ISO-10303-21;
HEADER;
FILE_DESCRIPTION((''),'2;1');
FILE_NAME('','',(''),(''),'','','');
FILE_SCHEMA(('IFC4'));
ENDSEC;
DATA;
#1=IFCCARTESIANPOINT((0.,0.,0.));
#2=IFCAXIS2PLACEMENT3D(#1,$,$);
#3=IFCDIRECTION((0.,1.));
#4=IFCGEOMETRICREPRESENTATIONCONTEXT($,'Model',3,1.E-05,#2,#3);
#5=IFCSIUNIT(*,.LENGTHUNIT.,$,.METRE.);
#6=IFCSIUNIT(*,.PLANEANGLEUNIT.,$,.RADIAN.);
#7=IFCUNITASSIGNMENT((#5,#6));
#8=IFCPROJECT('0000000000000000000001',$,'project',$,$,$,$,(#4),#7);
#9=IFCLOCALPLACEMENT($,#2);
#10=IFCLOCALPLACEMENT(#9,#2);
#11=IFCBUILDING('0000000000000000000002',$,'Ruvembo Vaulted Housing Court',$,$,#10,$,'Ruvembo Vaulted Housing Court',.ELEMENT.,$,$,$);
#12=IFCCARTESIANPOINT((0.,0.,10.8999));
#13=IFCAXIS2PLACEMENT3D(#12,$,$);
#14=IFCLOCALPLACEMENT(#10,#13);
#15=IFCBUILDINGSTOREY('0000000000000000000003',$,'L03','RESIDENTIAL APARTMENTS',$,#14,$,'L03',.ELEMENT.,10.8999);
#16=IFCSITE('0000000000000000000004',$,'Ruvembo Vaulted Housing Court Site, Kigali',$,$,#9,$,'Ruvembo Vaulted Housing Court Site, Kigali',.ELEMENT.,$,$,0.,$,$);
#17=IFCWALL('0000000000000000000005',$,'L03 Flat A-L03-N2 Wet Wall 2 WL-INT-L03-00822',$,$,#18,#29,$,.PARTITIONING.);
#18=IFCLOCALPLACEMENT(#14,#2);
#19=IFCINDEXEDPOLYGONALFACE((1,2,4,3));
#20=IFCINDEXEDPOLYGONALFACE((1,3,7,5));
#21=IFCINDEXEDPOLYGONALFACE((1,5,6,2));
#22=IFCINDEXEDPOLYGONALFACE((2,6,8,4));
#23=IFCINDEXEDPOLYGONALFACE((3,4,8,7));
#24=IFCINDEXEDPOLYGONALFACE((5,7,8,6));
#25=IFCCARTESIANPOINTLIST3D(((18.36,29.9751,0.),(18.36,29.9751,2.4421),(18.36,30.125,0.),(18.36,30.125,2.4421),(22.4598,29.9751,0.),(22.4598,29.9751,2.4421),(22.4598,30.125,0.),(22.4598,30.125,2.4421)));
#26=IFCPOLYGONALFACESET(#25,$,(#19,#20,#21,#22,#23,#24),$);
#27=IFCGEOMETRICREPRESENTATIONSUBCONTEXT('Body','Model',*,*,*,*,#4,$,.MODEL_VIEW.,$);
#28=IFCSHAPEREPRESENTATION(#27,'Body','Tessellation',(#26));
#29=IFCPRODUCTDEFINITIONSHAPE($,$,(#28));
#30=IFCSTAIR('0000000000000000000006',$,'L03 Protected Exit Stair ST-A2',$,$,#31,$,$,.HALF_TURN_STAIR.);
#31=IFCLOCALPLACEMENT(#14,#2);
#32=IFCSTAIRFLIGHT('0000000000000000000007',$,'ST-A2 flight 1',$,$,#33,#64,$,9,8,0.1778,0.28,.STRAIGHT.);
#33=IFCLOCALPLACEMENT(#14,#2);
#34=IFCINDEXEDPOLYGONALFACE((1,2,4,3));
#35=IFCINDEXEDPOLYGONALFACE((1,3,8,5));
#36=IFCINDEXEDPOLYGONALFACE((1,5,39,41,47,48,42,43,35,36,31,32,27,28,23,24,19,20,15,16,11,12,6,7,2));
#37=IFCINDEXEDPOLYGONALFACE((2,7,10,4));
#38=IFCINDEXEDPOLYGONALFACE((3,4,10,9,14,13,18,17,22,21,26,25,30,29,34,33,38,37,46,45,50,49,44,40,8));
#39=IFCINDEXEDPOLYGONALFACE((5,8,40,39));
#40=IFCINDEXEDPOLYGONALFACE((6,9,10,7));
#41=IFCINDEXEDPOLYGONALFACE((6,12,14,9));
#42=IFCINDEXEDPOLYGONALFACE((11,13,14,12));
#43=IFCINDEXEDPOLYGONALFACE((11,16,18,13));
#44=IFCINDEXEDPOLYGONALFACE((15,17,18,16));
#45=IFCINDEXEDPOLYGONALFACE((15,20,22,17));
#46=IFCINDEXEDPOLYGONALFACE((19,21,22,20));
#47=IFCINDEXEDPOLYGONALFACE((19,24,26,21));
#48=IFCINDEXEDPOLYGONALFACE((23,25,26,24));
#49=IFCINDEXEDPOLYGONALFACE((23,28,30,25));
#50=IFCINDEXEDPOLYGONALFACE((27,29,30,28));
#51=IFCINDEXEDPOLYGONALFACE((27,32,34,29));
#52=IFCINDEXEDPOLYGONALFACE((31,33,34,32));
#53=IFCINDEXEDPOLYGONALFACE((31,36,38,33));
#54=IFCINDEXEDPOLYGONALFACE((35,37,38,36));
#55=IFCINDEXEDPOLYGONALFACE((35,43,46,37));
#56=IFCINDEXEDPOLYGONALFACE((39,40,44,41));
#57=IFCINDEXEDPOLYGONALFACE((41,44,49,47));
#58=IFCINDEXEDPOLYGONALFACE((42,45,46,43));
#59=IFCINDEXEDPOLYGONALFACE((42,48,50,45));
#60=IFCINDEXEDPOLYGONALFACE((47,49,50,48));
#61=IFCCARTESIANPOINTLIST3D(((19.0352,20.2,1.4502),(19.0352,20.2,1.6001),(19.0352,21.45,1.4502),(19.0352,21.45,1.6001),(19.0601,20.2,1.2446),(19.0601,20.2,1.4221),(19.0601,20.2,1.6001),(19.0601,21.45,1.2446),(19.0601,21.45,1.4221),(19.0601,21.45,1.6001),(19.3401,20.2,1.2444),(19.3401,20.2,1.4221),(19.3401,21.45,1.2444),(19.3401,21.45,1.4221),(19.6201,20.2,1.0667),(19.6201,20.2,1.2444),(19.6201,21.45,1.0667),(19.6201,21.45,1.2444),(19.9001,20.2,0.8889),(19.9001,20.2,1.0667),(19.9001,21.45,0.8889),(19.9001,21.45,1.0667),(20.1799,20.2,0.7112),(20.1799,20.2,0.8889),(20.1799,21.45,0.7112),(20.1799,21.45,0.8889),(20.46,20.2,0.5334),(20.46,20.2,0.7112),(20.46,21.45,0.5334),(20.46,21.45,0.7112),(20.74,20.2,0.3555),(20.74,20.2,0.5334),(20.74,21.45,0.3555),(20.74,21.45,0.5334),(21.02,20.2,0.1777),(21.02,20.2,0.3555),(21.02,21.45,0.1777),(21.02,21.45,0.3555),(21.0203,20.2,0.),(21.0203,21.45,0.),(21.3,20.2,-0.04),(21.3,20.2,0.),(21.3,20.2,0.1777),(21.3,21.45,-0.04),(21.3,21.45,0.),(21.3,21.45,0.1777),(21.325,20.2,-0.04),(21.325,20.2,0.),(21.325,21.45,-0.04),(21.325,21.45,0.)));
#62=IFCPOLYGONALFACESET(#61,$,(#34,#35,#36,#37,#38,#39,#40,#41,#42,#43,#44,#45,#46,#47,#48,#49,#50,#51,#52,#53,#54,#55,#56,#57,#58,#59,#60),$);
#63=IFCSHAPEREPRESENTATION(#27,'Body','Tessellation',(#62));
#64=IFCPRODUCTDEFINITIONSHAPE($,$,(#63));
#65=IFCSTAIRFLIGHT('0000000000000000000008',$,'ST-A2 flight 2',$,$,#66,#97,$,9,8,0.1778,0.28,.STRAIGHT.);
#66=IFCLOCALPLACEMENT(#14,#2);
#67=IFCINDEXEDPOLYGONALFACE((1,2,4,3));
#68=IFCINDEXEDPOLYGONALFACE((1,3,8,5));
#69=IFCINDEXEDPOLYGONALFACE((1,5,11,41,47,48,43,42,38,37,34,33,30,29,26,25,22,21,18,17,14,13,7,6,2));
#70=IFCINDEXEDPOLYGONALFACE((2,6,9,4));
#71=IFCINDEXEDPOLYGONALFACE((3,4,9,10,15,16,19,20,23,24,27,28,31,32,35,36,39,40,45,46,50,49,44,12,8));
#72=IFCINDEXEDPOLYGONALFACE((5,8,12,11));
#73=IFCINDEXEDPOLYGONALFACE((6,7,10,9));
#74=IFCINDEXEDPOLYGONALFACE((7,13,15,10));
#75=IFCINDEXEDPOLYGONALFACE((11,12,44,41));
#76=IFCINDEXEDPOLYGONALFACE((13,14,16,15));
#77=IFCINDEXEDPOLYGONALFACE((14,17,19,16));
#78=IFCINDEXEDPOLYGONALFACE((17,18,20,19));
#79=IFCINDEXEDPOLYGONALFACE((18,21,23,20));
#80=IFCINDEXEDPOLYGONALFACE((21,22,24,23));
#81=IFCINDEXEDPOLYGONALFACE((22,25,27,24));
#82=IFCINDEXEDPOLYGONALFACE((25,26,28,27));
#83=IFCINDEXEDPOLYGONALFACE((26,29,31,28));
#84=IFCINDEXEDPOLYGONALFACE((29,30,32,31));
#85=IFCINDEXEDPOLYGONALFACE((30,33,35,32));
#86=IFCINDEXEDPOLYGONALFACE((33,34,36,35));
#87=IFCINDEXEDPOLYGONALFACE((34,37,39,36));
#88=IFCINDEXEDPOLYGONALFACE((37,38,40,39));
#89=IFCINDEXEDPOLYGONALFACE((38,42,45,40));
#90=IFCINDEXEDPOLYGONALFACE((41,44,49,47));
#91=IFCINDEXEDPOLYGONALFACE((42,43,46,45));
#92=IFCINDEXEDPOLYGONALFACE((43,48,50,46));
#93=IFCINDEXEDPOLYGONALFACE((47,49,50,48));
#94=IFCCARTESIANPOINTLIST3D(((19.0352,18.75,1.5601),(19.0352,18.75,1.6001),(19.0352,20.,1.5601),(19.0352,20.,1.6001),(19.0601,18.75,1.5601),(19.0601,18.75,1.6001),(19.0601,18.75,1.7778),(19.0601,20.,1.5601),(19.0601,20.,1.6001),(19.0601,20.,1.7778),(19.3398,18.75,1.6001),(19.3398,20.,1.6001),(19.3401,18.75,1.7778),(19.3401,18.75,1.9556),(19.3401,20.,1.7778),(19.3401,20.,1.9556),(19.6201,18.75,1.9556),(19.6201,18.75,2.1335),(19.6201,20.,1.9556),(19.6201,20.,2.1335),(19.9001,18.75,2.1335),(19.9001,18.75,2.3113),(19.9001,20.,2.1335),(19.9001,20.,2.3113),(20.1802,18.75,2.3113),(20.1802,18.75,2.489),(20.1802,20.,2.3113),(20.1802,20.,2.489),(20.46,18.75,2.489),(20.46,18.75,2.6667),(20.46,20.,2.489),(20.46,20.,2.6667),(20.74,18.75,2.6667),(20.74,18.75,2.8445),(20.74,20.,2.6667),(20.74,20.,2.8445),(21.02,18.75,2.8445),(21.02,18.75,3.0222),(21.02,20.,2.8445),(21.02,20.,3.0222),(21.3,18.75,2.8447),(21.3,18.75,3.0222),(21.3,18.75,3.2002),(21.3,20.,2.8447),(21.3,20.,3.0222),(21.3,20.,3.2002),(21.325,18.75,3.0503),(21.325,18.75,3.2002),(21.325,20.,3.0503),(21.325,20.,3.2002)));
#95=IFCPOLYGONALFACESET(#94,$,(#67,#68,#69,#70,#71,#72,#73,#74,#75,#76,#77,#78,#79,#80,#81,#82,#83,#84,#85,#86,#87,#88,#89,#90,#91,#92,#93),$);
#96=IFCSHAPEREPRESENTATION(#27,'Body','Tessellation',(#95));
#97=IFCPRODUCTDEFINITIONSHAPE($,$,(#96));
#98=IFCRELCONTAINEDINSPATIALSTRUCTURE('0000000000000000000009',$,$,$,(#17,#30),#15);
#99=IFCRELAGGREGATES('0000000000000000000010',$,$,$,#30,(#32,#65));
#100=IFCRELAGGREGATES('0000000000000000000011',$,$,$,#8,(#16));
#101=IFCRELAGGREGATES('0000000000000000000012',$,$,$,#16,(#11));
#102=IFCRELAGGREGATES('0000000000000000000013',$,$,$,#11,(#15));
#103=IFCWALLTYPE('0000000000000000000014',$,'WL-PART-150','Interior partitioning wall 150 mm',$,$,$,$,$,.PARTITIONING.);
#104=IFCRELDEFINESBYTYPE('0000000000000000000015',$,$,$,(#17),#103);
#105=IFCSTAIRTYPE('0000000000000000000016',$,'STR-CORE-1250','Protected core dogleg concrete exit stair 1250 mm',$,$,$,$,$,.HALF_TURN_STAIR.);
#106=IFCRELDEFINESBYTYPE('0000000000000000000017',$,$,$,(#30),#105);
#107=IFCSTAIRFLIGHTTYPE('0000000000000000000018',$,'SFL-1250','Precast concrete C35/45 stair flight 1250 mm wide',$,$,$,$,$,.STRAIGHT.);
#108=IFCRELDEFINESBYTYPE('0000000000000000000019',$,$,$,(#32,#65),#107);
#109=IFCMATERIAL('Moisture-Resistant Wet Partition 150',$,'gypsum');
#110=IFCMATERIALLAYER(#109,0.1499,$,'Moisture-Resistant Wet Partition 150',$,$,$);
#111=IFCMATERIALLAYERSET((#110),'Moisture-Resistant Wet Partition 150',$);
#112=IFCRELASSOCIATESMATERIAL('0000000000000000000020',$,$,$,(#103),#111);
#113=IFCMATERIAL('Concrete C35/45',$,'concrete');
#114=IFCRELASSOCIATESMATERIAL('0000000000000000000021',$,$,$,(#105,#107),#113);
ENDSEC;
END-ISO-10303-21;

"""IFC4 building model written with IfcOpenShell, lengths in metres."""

from ifc_helpers import new_model, si_unit, direction, frame, frame_2d, origin, place, context, subcontext, project, spatial, polyline, rectangle, outline, extrude, material, layer, layer_set, type_object, element, aggregate, save


model = new_model("IFC4")

# Units and contexts
model_context = context("Model", 3, precision=1e-05, world=origin(), true_north=direction((0.0, 1.0)))
body_context = subcontext(model_context, "Body", "Model", "MODEL_VIEW")
ifc_project = project(units=[si_unit("LENGTHUNIT", "METRE"), si_unit("PLANEANGLEUNIT", "RADIAN")], contexts=[model_context])

# Site, building, storey
site_placement = place(None, origin())
site = spatial("IfcSite", under=ifc_project, at=site_placement, Name="Ruvembo Vaulted Housing Court Site, Kigali", LongName="Ruvembo Vaulted Housing Court Site, Kigali", CompositionType="ELEMENT", RefElevation=0.0)
building_placement = place(site_placement, origin())
building = spatial("IfcBuilding", under=site, at=building_placement, Name="Ruvembo Vaulted Housing Court", LongName="Ruvembo Vaulted Housing Court", CompositionType="ELEMENT")
storey_placement = place(building_placement, frame((0.0, 0.0, 10.8999)))
storey = spatial("IfcBuildingStorey", under=building, at=storey_placement, Name="L03", Description="RESIDENTIAL APARTMENTS", LongName="L03", CompositionType="ELEMENT", Elevation=10.8999)

# Shared definitions
ifc_material_1 = material(Name="Concrete C35/45", Category="concrete")

# Wall
ifc_material_2 = material(Name="Moisture-Resistant Wet Partition 150", Category="gypsum")
ifc_layer_1 = layer(ifc_material_2, 0.1499, Name="Moisture-Resistant Wet Partition 150")
ifc_layer_set_1 = layer_set([ifc_layer_1], Name="Moisture-Resistant Wet Partition 150")
wall_type_1 = type_object("IfcWallType", Name="WL-PART-150", Description="Interior partitioning wall 150 mm", PredefinedType="PARTITIONING", material=ifc_layer_set_1)
wall_1_placement = place(storey_placement, frame((18.3601, 30.05, 0.0), z_axis=(0.0, 0.0, 1.0), x_axis=(1.0, 0.0, 0.0)))
element("IfcWall", 1, at=wall_1_placement, inside=storey, type_object=wall_type_1, Name="L03 Flat A-L03-N2 Wet Wall 2 WL-INT-L03-00822", PredefinedType="PARTITIONING", context=body_context, shape_type="SweptSolid", body=[
    extrude(rectangle(XDim=4.0999, YDim=0.1499, at=frame_2d((2.0498, 0.0))), origin(), (0.0, 0.0, 1.0), 2.4421),
])

# Stair, stair flights
stair_type = type_object("IfcStairType", Name="STR-CORE-1250", Description="Protected core dogleg concrete exit stair 1250 mm", PredefinedType="HALF_TURN_STAIR", material=ifc_material_1)
stair_placement = place(storey_placement, origin())
stair = element("IfcStair", 2, at=stair_placement, inside=storey, type_object=stair_type, Name="L03 Protected Exit Stair ST-A2", PredefinedType="HALF_TURN_STAIR")
stair_flight_type = type_object("IfcStairFlightType", Name="SFL-1250", Description="Precast concrete C35/45 stair flight 1250 mm wide", PredefinedType="STRAIGHT", material=ifc_material_1)
stair_flight_1_placement = place(storey_placement, frame((21.3, 20.825, 0.0), z_axis=(0.0, 0.0, 1.0), x_axis=(-1.0, 0.0, 0.0)))
stair_flight_1 = element("IfcStairFlight", 3, at=stair_flight_1_placement, type_object=stair_flight_type, Name="ST-A2 flight 1", NumberOfRisers=9, NumberOfTreads=8, PredefinedType="STRAIGHT", RiserHeight=0.1778, TreadLength=0.28, context=body_context, shape_type="SweptSolid", body=[
    extrude(outline(polyline([(-0.0249, -0.04), (-0.0249, 0.0), (0.0, 0.0), (0.0, 0.1777), (0.28, 0.1777), (0.28, 0.3555), (0.5601, 0.3555), (0.5601, 0.5334), (0.8401, 0.5334), (0.8401, 0.7112), (1.1201, 0.7112), (1.1201, 0.8889), (1.3999, 0.8889), (1.3999, 1.0667), (1.6799, 1.0667), (1.6799, 1.2444), (1.96, 1.2444), (1.96, 1.4221), (2.24, 1.4221), (2.24, 1.6001), (2.2649, 1.6001), (2.2649, 1.4502), (2.24, 1.2446), (0.2798, 0.0), (0.0, -0.04), (-0.0249, -0.04)])), frame((0.0, 0.625, 0.0), z_axis=(0.0, -1.0, 0.0), x_axis=(1.0, 0.0, 0.0)), (0.0, 0.0, 1.0), 1.25),
])
stair_flight_2_placement = place(storey_placement, frame((19.0601, 19.375, 1.6001), z_axis=(0.0, 0.0, 1.0), x_axis=(1.0, 0.0, 0.0)))
stair_flight_2 = element("IfcStairFlight", 4, at=stair_flight_2_placement, type_object=stair_flight_type, Name="ST-A2 flight 2", NumberOfRisers=9, NumberOfTreads=8, PredefinedType="STRAIGHT", RiserHeight=0.1778, TreadLength=0.28, context=body_context, shape_type="SweptSolid", body=[
    extrude(outline(polyline([(-0.0249, -0.04), (-0.0249, 0.0), (0.0, 0.0), (0.0, 0.1777), (0.28, 0.1777), (0.28, 0.3555), (0.5601, 0.3555), (0.5601, 0.5334), (0.8401, 0.5334), (0.8401, 0.7112), (1.1201, 0.7112), (1.1201, 0.8889), (1.3999, 0.8889), (1.3999, 1.0667), (1.6799, 1.0667), (1.6799, 1.2444), (1.96, 1.2444), (1.96, 1.4221), (2.24, 1.4221), (2.24, 1.6001), (2.2649, 1.6001), (2.2649, 1.4502), (2.24, 1.2446), (0.2798, 0.0), (0.0, -0.04), (-0.0249, -0.04)])), frame((0.0, 0.625, 0.0), z_axis=(0.0, -1.0, 0.0), x_axis=(1.0, 0.0, 0.0)), (0.0, 0.0, 1.0), 1.25),
])
aggregate(stair, [stair_flight_1, stair_flight_2])

save(model, "model.ifc")
